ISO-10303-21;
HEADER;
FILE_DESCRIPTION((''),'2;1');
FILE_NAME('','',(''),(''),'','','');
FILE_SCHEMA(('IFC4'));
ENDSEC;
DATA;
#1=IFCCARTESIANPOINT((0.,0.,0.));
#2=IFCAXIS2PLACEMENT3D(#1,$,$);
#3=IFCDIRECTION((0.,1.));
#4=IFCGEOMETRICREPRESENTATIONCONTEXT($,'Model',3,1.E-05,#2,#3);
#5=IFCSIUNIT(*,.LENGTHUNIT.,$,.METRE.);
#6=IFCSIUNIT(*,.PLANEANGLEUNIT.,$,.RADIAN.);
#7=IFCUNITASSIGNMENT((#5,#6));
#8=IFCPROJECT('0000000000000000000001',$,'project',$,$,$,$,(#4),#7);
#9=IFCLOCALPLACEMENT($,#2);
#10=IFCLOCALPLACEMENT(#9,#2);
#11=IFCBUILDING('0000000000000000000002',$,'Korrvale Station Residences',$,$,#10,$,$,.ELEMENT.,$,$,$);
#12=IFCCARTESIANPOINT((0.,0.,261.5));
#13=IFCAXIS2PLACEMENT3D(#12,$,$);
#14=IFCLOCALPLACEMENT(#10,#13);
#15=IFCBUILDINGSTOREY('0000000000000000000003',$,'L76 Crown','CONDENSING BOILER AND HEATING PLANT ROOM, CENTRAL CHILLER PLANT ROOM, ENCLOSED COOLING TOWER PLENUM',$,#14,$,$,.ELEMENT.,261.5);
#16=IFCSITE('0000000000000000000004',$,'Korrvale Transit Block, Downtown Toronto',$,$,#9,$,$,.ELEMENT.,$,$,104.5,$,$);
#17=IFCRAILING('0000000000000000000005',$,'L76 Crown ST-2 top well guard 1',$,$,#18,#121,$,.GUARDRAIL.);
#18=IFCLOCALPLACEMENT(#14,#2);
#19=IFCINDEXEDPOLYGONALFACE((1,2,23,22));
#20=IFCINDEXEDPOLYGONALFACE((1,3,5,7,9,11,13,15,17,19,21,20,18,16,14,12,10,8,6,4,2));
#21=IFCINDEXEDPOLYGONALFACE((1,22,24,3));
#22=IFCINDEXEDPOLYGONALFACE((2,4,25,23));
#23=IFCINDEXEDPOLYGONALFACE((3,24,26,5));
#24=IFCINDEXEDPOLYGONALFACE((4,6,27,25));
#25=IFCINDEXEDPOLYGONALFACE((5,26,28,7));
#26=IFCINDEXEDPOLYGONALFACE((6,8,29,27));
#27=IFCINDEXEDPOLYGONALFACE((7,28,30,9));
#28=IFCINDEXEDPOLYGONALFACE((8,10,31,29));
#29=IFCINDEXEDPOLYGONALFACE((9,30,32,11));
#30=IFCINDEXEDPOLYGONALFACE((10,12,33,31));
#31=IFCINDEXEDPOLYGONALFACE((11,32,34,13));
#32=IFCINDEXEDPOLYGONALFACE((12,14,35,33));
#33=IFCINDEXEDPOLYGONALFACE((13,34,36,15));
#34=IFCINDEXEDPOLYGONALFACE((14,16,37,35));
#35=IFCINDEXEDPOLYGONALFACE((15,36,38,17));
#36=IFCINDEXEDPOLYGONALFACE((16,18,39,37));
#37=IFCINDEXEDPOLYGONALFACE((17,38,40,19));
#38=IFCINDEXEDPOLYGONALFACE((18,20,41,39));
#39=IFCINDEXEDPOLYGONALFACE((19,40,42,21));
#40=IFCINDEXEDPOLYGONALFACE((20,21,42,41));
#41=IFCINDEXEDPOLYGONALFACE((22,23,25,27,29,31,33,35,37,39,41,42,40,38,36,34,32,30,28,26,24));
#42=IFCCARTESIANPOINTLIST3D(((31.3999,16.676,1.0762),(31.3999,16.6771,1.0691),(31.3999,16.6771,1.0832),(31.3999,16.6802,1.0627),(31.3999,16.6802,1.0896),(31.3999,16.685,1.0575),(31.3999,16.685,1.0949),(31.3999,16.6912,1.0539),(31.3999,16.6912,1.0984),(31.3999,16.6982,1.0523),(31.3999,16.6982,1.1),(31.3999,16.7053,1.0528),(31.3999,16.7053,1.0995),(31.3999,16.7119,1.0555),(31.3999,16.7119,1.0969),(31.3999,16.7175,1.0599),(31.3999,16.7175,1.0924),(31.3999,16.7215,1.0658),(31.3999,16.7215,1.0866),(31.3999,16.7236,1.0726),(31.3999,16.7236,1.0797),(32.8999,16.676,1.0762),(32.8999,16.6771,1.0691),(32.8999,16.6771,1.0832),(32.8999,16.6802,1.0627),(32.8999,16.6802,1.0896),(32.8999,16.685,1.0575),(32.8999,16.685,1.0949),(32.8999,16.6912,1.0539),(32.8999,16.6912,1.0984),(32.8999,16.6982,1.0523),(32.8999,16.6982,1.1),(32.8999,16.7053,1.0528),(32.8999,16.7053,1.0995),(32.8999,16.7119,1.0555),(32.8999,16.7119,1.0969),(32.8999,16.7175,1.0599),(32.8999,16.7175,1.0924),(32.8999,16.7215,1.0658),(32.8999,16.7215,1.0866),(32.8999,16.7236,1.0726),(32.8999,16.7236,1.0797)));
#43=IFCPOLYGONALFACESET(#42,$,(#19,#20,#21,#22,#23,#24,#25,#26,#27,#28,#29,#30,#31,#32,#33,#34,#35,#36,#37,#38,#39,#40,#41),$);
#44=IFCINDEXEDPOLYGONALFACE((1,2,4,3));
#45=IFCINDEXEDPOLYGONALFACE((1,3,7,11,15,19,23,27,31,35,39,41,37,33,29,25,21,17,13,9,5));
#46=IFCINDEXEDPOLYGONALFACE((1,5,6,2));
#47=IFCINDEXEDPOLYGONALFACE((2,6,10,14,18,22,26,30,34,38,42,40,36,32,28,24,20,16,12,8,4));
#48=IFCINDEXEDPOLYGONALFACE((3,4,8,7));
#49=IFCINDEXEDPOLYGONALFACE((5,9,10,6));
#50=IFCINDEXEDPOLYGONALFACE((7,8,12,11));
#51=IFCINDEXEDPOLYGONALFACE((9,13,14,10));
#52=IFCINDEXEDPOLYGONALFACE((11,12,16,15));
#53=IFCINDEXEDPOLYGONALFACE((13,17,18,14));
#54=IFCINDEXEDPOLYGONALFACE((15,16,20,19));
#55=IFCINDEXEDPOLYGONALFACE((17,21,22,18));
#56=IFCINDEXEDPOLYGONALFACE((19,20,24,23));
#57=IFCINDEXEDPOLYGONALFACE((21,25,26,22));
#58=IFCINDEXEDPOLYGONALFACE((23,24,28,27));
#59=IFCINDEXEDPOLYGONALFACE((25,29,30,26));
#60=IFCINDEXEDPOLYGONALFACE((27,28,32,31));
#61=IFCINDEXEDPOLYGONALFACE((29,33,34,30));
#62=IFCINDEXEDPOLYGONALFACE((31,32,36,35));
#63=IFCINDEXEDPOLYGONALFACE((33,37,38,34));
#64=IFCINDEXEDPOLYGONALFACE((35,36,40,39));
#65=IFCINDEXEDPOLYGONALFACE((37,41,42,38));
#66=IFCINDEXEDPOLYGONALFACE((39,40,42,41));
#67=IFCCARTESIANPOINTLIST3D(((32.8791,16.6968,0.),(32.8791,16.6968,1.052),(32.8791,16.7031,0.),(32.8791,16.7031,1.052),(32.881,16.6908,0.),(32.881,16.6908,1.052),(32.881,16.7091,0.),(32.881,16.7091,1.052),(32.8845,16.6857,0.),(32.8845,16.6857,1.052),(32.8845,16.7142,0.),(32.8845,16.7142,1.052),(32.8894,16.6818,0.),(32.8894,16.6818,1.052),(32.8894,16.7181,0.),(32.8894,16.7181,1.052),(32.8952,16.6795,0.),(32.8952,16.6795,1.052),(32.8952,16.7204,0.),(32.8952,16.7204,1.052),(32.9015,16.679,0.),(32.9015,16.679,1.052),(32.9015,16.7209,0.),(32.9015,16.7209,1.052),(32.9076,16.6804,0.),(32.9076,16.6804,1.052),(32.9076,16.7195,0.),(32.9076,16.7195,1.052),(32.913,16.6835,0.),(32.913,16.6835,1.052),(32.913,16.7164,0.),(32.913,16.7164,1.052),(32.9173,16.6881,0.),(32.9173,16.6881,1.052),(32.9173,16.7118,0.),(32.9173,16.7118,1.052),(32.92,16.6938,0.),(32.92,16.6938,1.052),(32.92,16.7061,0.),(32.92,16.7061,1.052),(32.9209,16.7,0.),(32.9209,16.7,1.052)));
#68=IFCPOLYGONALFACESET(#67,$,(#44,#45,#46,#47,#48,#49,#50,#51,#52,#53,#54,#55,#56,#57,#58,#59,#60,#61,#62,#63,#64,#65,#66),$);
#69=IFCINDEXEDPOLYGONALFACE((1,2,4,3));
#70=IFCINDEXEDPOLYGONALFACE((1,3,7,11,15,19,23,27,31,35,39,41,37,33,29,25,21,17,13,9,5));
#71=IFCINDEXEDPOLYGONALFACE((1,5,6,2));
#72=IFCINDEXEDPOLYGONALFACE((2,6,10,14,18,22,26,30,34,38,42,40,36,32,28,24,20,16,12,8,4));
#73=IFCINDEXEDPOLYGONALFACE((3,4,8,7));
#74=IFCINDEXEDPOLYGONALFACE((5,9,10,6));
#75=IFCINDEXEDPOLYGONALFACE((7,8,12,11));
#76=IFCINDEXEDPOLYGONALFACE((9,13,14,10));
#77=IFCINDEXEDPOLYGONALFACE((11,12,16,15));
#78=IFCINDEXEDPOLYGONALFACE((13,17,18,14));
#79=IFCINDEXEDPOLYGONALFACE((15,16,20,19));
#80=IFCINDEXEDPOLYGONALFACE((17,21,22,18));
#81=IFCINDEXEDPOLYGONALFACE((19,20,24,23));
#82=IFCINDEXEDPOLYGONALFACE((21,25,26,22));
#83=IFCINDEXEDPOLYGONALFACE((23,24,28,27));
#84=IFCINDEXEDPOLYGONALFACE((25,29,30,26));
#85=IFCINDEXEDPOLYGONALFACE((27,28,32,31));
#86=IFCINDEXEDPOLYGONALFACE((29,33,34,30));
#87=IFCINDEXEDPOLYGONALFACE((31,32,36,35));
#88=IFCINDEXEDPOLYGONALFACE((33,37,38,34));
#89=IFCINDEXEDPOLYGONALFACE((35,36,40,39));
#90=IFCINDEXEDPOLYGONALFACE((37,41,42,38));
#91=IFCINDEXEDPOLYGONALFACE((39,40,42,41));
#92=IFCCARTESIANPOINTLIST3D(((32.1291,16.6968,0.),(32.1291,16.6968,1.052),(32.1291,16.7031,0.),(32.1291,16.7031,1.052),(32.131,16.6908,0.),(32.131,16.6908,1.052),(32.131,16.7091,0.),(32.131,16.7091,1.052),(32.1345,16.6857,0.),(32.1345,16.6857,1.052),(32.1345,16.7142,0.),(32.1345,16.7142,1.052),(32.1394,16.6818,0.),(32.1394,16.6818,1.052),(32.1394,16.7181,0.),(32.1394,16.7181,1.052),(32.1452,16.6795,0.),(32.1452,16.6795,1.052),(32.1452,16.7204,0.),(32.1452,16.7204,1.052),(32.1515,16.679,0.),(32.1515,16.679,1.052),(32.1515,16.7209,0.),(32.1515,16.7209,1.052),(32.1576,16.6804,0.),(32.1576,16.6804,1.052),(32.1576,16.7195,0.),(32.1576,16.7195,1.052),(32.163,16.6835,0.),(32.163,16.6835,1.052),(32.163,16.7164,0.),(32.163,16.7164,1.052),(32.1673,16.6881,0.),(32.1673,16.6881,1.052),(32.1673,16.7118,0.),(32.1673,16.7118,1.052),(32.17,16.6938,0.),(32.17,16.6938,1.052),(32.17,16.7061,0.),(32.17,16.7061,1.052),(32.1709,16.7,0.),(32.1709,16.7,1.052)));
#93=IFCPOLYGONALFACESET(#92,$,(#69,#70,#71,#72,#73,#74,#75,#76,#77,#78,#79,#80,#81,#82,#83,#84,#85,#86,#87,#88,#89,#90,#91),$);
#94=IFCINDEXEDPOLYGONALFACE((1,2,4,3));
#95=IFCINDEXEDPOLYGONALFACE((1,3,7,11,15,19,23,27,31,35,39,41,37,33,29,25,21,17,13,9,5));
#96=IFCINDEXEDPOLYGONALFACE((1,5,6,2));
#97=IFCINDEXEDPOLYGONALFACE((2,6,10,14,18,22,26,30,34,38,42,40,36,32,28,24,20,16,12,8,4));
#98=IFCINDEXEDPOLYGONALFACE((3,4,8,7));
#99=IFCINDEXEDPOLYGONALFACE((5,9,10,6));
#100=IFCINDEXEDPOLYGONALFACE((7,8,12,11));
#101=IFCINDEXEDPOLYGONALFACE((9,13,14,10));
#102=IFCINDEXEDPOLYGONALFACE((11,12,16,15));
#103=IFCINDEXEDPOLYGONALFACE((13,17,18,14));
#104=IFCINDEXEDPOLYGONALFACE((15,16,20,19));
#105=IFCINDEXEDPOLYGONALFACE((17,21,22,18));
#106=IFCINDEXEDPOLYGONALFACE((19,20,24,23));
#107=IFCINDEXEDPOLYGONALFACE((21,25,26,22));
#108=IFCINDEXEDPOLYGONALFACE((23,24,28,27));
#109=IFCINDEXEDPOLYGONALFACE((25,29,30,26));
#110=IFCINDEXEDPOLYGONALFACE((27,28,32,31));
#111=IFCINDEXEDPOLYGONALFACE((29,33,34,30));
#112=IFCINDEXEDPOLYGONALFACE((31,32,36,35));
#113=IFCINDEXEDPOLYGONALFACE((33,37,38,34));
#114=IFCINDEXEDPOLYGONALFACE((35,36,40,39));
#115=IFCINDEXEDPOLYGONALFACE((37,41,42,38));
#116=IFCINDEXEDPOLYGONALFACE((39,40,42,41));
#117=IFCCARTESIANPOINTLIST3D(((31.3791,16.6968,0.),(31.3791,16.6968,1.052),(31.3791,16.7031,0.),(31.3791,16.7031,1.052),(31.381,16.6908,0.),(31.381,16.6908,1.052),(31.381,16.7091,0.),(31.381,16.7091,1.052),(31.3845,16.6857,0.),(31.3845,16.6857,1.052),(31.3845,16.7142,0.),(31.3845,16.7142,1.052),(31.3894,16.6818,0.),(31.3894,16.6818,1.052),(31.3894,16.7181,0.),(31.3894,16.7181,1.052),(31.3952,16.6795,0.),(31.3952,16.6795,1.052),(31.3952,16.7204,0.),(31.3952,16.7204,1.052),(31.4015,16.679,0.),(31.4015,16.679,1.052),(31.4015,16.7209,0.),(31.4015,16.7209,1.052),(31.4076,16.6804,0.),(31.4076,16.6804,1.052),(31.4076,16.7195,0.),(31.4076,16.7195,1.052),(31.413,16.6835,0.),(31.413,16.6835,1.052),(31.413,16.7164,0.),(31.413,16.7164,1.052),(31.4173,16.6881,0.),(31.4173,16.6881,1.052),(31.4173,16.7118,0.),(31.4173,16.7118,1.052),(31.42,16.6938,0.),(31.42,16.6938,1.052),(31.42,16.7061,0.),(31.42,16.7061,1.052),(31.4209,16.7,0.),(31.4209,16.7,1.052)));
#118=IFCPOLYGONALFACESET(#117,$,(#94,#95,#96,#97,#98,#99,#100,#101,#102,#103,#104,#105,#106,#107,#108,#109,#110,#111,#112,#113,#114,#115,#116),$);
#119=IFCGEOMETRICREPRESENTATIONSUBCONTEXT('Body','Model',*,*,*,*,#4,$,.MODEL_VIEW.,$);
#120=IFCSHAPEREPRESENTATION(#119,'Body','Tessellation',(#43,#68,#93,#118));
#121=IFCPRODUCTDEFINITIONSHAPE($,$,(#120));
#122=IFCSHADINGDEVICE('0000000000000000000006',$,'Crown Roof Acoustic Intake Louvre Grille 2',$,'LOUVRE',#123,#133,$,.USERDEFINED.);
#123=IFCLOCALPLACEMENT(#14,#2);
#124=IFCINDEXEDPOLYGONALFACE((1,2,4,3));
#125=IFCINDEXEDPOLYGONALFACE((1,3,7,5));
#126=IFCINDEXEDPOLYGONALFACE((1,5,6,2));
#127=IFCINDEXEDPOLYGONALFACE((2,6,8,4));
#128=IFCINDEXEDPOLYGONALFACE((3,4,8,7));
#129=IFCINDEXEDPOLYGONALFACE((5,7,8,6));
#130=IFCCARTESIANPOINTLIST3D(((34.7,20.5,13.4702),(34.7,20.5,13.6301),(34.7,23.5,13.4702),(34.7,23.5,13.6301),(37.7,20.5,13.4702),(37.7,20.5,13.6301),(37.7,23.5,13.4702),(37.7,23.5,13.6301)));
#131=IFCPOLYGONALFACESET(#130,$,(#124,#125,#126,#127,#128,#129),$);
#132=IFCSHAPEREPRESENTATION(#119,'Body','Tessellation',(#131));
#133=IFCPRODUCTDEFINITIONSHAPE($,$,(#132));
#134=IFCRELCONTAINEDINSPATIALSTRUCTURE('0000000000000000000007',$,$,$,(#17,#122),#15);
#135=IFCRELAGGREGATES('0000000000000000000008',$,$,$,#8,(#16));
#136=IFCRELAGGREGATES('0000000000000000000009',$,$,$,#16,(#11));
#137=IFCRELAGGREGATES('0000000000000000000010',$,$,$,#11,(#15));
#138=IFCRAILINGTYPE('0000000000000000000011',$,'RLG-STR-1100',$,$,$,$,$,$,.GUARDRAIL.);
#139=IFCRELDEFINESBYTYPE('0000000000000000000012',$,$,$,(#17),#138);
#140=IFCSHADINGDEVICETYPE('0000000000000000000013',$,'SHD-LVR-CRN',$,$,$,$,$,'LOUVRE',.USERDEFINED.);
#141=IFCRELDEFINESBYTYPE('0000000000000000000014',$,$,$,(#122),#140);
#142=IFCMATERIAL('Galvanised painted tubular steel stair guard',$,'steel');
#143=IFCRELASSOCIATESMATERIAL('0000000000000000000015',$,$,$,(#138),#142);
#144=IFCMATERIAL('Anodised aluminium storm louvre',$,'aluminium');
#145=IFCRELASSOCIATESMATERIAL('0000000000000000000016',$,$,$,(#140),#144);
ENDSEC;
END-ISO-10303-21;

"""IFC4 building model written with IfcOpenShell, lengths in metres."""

from ifc_helpers import new_model, si_unit, direction, frame, origin, origin_2d, place, context, subcontext, project, spatial, rectangle, circle, extrude, material, type_object, element, save


model = new_model("IFC4")

# Units and contexts
model_context = context("Model", 3, precision=1e-05, world=origin(), true_north=direction((0.0, 1.0)))
body_context = subcontext(model_context, "Body", "Model", "MODEL_VIEW")
ifc_project = project(units=[si_unit("LENGTHUNIT", "METRE"), si_unit("PLANEANGLEUNIT", "RADIAN")], contexts=[model_context])

# Site, building, storey
site_placement = place(None, origin())
site = spatial("IfcSite", under=ifc_project, at=site_placement, Name="Korrvale Transit Block, Downtown Toronto", CompositionType="ELEMENT", RefElevation=104.5)
building_placement = place(site_placement, origin())
building = spatial("IfcBuilding", under=site, at=building_placement, Name="Korrvale Station Residences", CompositionType="ELEMENT")
storey_placement = place(building_placement, frame((0.0, 0.0, 261.5)))
storey = spatial("IfcBuildingStorey", under=building, at=storey_placement, Name="L76 Crown", Description="CONDENSING BOILER AND HEATING PLANT ROOM, CENTRAL CHILLER PLANT ROOM, ENCLOSED COOLING TOWER PLENUM", CompositionType="ELEMENT", Elevation=261.5)

# Railing
ifc_material_1 = material(Name="Galvanised painted tubular steel stair guard", Category="steel")
railing_type = type_object("IfcRailingType", Name="RLG-STR-1100", PredefinedType="GUARDRAIL", material=ifc_material_1)
railing_placement = place(storey_placement, frame((32.8999, 16.7, 0.0)))
element("IfcRailing", 1, at=railing_placement, inside=storey, type_object=railing_type, Name="L76 Crown ST-2 top well guard 1", PredefinedType="GUARDRAIL", context=body_context, shape_type="SweptSolid", body=[
    extrude(circle(Radius=0.0239, at=origin_2d()), frame((0.0, 0.0, 1.0762), z_axis=(-1.0, 0.0, 0.0), x_axis=(0.0, -1.0, 0.0)), (0.0, 0.0, 1.0), 1.5),
    extrude(circle(Radius=0.021, at=origin_2d()), origin(), (0.0, 0.0, 1.0), 1.052),
    extrude(circle(Radius=0.021, at=origin_2d()), frame((-0.75, 0.0, 0.0)), (0.0, 0.0, 1.0), 1.052),
    extrude(circle(Radius=0.021, at=origin_2d()), frame((-1.5, 0.0, 0.0)), (0.0, 0.0, 1.0), 1.052),
])

# Shading device
ifc_material_2 = material(Name="Anodised aluminium storm louvre", Category="aluminium")
shading_device_type = type_object("IfcShadingDeviceType", Name="SHD-LVR-CRN", ElementType="LOUVRE", PredefinedType="USERDEFINED", material=ifc_material_2)
shading_device_placement = place(storey_placement, frame((36.2, 22.0, 13.4702), z_axis=(0.0, 0.0, 1.0), x_axis=(1.0, 0.0, 0.0)))
element("IfcShadingDevice", 2, at=shading_device_placement, inside=storey, type_object=shading_device_type, Name="Crown Roof Acoustic Intake Louvre Grille 2", ObjectType="LOUVRE", PredefinedType="USERDEFINED", context=body_context, shape_type="SweptSolid", body=[
    extrude(rectangle(XDim=3.0, YDim=3.0, at=origin_2d()), origin(), (0.0, 0.0, 1.0), 0.1599),
])

save(model, "model.ifc")
